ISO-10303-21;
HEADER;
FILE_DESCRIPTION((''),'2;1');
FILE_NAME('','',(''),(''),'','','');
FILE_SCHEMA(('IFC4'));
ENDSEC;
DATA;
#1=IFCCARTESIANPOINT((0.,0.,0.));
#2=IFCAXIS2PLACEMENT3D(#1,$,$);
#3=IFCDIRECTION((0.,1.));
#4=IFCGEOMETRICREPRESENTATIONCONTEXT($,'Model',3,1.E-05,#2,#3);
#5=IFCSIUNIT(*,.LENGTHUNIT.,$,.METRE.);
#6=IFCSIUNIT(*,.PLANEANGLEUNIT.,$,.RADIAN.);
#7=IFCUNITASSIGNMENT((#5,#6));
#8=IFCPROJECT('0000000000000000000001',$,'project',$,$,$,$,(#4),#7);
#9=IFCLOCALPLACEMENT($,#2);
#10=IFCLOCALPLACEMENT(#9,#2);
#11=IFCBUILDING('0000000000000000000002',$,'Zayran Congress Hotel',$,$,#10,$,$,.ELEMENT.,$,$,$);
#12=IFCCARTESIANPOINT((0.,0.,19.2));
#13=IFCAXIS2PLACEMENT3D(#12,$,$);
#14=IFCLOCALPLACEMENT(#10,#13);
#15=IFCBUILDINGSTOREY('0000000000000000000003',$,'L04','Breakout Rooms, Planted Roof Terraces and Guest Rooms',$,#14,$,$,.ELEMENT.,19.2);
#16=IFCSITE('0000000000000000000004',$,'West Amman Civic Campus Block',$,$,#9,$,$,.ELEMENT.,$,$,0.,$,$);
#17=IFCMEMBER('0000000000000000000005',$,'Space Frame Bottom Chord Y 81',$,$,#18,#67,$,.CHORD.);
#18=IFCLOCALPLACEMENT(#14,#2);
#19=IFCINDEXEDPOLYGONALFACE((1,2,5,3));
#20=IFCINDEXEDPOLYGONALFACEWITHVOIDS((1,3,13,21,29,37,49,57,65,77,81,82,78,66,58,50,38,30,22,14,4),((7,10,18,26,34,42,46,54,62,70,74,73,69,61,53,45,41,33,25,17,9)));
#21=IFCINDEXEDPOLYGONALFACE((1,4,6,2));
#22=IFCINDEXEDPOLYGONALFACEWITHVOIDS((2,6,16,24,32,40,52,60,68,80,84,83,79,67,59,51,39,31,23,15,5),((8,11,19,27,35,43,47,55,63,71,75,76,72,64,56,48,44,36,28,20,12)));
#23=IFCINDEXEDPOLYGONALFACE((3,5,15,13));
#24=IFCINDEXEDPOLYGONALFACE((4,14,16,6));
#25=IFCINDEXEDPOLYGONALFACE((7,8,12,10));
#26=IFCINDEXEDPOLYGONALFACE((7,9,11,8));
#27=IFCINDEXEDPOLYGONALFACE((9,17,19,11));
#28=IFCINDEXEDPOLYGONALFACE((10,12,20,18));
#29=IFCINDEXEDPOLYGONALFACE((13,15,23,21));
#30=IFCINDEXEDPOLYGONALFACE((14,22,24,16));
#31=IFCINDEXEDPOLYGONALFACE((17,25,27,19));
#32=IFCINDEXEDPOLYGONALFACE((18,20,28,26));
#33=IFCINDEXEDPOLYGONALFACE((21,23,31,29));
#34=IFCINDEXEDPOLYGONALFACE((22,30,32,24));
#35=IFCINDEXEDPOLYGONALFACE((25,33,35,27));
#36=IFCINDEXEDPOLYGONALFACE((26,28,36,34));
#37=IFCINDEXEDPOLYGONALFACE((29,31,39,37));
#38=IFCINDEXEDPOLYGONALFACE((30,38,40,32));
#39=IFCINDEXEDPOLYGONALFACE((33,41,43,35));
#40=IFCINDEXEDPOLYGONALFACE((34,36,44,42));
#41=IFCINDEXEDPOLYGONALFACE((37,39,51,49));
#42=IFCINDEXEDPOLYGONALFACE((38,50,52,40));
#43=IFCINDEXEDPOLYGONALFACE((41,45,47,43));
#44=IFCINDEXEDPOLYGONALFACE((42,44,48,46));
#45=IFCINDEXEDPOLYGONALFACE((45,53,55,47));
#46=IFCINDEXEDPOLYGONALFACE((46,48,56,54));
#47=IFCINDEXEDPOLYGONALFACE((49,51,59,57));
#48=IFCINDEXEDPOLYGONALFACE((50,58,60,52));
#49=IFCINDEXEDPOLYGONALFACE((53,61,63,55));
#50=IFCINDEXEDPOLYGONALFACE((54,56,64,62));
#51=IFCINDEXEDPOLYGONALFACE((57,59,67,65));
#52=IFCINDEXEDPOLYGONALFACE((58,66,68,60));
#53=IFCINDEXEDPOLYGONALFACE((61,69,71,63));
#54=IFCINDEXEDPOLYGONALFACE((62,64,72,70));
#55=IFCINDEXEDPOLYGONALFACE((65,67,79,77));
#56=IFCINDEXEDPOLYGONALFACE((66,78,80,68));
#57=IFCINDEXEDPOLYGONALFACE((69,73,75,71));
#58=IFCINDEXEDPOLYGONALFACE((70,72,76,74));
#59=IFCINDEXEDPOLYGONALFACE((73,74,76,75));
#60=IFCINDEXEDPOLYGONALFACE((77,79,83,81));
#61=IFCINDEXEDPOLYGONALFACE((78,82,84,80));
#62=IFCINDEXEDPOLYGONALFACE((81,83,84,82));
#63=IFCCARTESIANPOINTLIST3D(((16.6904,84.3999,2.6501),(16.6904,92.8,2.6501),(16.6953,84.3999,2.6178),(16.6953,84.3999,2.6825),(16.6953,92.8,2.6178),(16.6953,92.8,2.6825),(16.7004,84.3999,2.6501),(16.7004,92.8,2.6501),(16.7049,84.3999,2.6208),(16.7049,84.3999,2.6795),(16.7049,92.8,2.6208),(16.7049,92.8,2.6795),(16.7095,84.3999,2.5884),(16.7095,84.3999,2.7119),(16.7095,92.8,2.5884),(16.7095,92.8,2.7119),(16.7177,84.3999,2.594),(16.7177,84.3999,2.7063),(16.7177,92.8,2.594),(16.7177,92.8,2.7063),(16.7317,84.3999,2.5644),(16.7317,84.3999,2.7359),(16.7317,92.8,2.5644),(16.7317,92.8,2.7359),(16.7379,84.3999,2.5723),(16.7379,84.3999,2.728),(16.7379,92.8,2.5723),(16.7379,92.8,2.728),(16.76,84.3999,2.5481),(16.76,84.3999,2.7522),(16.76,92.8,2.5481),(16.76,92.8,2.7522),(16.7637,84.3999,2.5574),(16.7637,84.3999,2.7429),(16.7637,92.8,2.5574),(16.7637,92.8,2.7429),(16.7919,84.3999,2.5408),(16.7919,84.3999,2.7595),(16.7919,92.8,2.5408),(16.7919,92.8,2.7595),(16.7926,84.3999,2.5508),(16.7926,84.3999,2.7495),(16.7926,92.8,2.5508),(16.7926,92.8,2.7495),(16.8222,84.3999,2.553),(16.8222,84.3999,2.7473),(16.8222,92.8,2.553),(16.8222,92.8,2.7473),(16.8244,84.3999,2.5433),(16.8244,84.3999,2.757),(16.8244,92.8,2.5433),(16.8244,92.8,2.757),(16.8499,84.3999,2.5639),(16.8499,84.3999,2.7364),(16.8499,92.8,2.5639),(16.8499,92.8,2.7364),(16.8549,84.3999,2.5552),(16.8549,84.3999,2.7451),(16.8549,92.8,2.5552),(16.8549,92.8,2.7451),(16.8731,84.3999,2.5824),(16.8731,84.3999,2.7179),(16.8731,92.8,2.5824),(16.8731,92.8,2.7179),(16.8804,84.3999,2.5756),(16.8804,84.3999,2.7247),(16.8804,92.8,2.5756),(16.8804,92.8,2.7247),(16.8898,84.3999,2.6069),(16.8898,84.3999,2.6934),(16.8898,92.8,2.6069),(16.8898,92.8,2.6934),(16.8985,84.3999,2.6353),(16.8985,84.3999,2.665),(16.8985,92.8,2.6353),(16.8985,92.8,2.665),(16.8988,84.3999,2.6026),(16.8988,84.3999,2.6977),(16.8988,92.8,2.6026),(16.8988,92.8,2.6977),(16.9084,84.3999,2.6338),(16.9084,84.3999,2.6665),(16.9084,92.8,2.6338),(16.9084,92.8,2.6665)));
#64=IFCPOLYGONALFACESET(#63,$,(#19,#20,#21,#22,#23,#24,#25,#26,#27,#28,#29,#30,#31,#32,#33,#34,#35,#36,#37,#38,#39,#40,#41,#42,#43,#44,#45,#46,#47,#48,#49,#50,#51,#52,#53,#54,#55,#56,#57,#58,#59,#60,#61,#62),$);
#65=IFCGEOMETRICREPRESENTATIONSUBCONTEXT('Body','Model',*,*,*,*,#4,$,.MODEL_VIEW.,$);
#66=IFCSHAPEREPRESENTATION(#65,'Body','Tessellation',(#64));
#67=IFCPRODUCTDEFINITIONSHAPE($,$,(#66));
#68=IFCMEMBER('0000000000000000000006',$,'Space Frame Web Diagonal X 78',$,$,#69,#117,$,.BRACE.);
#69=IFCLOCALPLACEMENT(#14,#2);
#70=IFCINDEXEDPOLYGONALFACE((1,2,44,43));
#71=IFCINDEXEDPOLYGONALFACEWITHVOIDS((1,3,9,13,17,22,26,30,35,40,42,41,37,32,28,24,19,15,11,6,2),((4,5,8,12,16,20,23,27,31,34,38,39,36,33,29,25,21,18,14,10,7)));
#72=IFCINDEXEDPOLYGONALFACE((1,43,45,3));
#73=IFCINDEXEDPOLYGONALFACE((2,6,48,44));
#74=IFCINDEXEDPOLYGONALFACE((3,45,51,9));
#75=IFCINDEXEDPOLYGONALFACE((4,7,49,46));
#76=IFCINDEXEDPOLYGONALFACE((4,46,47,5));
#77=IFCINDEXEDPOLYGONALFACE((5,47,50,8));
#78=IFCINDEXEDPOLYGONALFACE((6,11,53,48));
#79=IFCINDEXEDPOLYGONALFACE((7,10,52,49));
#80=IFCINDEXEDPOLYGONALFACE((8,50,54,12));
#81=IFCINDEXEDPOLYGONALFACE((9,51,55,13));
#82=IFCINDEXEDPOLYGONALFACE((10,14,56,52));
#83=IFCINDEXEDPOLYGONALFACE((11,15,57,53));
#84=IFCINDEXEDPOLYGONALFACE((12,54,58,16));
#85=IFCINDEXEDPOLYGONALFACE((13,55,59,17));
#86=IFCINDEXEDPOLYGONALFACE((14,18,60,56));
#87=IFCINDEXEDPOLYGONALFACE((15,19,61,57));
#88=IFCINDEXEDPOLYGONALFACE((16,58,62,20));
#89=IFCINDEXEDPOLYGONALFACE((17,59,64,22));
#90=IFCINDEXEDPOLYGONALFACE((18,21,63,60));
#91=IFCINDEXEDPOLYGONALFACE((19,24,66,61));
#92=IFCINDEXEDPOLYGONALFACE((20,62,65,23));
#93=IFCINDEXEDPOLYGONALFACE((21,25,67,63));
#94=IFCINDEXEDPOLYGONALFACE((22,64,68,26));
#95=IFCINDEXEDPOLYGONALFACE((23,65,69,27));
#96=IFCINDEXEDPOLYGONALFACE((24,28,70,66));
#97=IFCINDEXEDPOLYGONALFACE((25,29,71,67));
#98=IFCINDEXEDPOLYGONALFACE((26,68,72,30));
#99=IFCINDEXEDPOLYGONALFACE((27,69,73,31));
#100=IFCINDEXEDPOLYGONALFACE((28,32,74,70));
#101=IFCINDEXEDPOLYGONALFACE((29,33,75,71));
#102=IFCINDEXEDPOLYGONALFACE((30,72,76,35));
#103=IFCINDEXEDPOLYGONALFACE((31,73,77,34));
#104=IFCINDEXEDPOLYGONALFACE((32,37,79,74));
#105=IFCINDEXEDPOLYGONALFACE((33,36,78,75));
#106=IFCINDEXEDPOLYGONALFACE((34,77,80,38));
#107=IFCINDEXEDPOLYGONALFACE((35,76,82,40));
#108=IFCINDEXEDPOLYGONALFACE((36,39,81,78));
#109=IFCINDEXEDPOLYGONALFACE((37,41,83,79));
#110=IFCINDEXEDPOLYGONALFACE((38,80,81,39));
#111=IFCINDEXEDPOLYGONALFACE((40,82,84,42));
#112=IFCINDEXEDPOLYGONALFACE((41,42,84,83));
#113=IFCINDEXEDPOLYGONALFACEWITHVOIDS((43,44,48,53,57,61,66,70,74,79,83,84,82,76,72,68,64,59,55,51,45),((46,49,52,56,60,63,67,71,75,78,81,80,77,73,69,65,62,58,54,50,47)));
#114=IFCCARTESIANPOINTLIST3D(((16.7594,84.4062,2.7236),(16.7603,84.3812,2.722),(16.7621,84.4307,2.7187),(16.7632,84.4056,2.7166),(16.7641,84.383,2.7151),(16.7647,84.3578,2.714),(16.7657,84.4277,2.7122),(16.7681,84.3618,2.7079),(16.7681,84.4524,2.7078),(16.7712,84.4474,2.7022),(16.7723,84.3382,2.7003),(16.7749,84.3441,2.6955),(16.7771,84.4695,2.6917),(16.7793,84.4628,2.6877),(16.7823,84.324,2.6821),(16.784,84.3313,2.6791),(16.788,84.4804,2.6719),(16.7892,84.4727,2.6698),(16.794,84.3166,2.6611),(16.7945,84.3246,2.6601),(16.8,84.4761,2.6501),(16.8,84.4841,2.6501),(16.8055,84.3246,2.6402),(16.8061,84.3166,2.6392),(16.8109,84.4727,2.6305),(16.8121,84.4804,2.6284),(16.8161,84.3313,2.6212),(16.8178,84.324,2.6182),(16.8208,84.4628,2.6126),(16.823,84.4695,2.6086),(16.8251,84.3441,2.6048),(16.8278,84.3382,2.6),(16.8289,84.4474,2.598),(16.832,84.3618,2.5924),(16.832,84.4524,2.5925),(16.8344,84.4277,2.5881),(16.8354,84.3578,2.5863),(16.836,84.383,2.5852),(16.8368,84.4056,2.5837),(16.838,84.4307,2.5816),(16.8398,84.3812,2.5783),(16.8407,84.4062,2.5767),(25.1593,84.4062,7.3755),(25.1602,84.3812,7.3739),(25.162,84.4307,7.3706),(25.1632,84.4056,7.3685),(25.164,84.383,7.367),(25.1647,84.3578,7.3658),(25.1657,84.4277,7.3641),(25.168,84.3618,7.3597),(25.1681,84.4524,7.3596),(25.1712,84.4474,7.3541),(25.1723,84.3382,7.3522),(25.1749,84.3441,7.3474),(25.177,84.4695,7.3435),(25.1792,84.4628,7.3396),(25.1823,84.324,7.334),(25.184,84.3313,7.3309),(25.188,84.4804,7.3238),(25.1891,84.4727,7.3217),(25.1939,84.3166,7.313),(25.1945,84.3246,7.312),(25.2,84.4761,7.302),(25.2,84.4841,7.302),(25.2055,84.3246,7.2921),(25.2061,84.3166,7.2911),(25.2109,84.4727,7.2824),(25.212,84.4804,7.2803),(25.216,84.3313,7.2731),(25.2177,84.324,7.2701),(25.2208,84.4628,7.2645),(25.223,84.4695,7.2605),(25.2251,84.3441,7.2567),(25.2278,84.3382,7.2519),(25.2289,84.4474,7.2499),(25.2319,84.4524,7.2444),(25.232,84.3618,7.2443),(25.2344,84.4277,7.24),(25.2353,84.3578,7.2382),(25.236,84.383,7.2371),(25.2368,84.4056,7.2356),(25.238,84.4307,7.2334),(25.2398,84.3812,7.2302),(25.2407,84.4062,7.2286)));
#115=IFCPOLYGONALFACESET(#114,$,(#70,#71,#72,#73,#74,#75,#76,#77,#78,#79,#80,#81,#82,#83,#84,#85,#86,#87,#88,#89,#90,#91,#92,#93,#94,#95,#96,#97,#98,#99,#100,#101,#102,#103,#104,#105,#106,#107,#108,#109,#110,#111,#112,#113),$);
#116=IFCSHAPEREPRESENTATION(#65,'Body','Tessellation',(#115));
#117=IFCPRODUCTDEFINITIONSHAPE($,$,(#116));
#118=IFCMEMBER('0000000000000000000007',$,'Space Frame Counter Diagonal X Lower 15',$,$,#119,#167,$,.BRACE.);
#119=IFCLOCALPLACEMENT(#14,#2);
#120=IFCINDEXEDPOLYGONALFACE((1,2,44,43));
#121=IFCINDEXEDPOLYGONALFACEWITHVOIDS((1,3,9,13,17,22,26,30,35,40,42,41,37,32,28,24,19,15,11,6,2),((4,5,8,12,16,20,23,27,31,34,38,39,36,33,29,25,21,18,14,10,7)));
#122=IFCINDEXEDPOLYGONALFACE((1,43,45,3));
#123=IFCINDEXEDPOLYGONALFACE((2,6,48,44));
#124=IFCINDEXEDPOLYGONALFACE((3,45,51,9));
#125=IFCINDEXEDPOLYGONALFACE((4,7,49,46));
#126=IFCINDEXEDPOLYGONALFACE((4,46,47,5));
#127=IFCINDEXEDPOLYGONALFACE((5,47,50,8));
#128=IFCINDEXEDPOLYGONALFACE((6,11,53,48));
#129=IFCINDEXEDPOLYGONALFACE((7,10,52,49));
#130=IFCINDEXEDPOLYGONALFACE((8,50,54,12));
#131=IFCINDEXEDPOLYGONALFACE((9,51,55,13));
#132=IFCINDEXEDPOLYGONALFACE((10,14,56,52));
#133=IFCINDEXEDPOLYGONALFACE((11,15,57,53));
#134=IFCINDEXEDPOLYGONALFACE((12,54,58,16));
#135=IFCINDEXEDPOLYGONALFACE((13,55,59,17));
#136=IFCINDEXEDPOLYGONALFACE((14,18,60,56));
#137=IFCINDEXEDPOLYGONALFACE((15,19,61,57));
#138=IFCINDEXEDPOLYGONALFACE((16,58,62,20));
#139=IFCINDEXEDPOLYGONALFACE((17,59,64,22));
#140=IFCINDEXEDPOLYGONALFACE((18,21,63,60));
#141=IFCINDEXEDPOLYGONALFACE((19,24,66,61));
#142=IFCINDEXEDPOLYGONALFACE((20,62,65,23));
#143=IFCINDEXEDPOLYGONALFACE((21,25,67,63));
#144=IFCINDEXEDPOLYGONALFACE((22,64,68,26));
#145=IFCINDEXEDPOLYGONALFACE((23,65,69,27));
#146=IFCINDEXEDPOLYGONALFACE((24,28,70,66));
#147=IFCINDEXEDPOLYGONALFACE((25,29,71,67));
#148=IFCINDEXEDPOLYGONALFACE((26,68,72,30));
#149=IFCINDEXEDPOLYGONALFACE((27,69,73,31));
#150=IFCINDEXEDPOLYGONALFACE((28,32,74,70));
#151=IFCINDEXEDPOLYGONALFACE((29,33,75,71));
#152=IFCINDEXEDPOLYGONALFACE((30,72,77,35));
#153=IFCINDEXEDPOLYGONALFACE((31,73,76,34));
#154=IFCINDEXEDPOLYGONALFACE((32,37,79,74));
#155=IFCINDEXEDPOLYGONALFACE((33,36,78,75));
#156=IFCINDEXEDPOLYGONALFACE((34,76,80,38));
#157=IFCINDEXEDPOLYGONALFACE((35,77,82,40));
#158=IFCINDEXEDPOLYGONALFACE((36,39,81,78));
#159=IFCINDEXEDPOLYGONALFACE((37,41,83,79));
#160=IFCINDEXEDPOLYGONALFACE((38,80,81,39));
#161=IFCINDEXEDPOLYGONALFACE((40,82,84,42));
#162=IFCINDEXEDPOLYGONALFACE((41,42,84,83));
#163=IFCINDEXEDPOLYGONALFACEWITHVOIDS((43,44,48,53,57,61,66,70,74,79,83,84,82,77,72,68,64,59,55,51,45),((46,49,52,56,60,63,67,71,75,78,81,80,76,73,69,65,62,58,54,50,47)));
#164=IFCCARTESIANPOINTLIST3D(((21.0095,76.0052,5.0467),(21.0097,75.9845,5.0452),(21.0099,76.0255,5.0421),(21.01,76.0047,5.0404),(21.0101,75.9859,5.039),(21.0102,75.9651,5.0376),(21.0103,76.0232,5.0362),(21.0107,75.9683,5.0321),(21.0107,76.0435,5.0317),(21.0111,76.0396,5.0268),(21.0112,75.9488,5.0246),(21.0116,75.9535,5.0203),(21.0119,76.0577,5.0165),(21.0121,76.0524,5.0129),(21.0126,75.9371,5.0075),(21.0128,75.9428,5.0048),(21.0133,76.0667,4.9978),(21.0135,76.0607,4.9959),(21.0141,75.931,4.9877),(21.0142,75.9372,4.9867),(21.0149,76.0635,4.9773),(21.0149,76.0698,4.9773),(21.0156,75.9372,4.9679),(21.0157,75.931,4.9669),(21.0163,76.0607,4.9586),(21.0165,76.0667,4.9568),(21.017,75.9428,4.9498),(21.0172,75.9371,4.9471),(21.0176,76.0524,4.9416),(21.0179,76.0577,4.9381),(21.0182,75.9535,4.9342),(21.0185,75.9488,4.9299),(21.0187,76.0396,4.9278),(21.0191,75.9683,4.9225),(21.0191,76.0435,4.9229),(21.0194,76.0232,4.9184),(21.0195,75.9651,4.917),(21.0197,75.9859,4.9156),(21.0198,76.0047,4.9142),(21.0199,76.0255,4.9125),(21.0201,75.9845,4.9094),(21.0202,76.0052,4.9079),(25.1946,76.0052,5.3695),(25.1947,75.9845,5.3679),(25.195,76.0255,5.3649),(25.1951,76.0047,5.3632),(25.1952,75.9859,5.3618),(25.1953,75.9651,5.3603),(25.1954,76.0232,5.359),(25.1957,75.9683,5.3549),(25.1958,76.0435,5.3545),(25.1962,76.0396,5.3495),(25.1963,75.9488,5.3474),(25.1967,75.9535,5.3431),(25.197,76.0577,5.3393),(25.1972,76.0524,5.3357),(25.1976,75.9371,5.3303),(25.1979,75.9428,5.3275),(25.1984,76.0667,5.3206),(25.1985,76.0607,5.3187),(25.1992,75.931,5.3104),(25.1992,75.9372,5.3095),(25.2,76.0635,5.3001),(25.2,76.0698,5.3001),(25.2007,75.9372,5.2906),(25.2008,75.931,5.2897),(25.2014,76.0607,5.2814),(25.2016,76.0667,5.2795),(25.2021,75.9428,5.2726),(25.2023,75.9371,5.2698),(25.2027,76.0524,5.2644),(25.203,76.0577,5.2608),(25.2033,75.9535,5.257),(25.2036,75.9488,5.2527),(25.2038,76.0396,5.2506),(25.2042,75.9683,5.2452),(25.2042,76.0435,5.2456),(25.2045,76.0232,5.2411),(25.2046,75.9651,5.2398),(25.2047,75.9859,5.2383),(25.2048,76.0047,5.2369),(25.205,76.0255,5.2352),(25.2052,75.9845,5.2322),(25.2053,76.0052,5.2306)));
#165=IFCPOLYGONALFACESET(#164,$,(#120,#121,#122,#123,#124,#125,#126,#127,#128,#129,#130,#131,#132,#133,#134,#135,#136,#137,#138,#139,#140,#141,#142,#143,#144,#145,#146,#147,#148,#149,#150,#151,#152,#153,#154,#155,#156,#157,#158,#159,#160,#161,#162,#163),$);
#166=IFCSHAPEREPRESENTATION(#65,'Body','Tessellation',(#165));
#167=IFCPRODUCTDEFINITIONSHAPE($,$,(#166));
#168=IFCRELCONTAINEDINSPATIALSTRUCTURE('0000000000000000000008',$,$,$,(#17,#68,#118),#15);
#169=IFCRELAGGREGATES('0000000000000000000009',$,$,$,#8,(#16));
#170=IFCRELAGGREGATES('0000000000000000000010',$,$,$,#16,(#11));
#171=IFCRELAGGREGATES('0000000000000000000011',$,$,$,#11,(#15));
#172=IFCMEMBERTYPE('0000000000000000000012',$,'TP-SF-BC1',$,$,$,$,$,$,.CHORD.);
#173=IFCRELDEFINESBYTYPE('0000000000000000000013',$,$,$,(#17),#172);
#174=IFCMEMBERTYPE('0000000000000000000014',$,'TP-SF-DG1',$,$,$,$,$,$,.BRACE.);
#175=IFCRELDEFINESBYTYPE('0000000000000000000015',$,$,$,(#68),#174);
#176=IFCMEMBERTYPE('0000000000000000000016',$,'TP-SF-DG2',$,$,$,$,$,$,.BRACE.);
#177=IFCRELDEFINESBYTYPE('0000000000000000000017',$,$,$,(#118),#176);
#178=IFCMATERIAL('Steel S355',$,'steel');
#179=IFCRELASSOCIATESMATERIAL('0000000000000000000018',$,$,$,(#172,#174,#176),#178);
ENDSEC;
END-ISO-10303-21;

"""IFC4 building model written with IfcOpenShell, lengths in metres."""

from ifc_helpers import new_model, si_unit, direction, frame, origin, origin_2d, place, context, subcontext, project, spatial, hollow_circle, extrude, material, material_profile, profile_set, type_object, element, save


model = new_model("IFC4")

# Units and contexts
model_context = context("Model", 3, precision=1e-05, world=origin(), true_north=direction((0.0, 1.0)))
body_context = subcontext(model_context, "Body", "Model", "MODEL_VIEW")
ifc_project = project(units=[si_unit("LENGTHUNIT", "METRE"), si_unit("PLANEANGLEUNIT", "RADIAN")], contexts=[model_context])

# Site, building, storey
site_placement = place(None, origin())
site = spatial("IfcSite", under=ifc_project, at=site_placement, Name="West Amman Civic Campus Block", CompositionType="ELEMENT", RefElevation=0.0)
building_placement = place(site_placement, origin())
building = spatial("IfcBuilding", under=site, at=building_placement, Name="Zayran Congress Hotel", CompositionType="ELEMENT")
storey_placement = place(building_placement, frame((0.0, 0.0, 19.2)))
storey = spatial("IfcBuildingStorey", under=building, at=storey_placement, Name="L04", Description="Breakout Rooms, Planted Roof Terraces and Guest Rooms", CompositionType="ELEMENT", Elevation=19.2)

# Members
ifc_material_1 = material(Name="Steel S355", Category="steel")
ifc_material_profile_1 = material_profile(ifc_material_1, hollow_circle(Radius=0.1096, WallThickness=0.01, at=origin_2d()), Name="CHS 219.1x10")
ifc_profile_set_1 = profile_set([ifc_material_profile_1], Name="Steel S355")
member_type_1 = type_object("IfcMemberType", Name="TP-SF-BC1", PredefinedType="CHORD", material=ifc_profile_set_1)
member_1_placement = place(storey_placement, frame((16.8, 84.3999, 2.6501), z_axis=(0.0, 1.0, 0.0), x_axis=(-1.0, 0.0, 0.0)))
element("IfcMember", 1, at=member_1_placement, inside=storey, type_object=member_type_1, Name="Space Frame Bottom Chord Y 81", PredefinedType="CHORD", context=body_context, shape_type="SweptSolid", body=[
    extrude(hollow_circle(Radius=0.1096, WallThickness=0.01, at=origin_2d()), origin(), (0.0, 0.0, 1.0), 8.4001),
])
ifc_material_profile_2 = material_profile(ifc_material_1, hollow_circle(Radius=0.0842, WallThickness=0.0081, at=origin_2d()), Name="CHS 168.3x8")
ifc_profile_set_2 = profile_set([ifc_material_profile_2], Name="Steel S355")
member_type_2 = type_object("IfcMemberType", Name="TP-SF-DG1", PredefinedType="BRACE", material=ifc_profile_set_2)
member_2_placement = place(storey_placement, frame((16.8, 84.3999, 2.6501), z_axis=(0.874809, 0.0, 0.484468), x_axis=(0.0, 1.0, 0.0)))
element("IfcMember", 2, at=member_2_placement, inside=storey, type_object=member_type_2, Name="Space Frame Web Diagonal X 78", PredefinedType="BRACE", context=body_context, shape_type="SweptSolid", body=[
    extrude(hollow_circle(Radius=0.0842, WallThickness=0.0081, at=origin_2d()), origin(), (0.0, 0.0, 1.0), 9.6021),
])
ifc_material_profile_3 = material_profile(ifc_material_1, hollow_circle(Radius=0.0698, WallThickness=0.0063, at=origin_2d()), Name="CHS 139.7x6.3")
ifc_profile_set_3 = profile_set([ifc_material_profile_3], Name="Steel S355")
member_type_3 = type_object("IfcMemberType", Name="TP-SF-DG2", PredefinedType="BRACE", material=ifc_profile_set_3)
for number, where, z_axis, x_axis, name in (
    (3, (21.0149, 76.0, 4.9773), (0.997039, 0.0, 0.076892), (0.0, 1.0, 0.0), "Space Frame Counter Diagonal X Lower 15"),
):
    element("IfcMember", number, at=place(storey_placement, frame(where, z_axis=z_axis, x_axis=x_axis)), inside=storey, type_object=member_type_3, Name=name, PredefinedType="BRACE", context=body_context, shape_type="SweptSolid", body=[
        extrude(hollow_circle(Radius=0.0698, WallThickness=0.0063, at=origin_2d()), origin(), (0.0, 0.0, 1.0), 4.1975),
    ])

save(model, "model.ifc")
